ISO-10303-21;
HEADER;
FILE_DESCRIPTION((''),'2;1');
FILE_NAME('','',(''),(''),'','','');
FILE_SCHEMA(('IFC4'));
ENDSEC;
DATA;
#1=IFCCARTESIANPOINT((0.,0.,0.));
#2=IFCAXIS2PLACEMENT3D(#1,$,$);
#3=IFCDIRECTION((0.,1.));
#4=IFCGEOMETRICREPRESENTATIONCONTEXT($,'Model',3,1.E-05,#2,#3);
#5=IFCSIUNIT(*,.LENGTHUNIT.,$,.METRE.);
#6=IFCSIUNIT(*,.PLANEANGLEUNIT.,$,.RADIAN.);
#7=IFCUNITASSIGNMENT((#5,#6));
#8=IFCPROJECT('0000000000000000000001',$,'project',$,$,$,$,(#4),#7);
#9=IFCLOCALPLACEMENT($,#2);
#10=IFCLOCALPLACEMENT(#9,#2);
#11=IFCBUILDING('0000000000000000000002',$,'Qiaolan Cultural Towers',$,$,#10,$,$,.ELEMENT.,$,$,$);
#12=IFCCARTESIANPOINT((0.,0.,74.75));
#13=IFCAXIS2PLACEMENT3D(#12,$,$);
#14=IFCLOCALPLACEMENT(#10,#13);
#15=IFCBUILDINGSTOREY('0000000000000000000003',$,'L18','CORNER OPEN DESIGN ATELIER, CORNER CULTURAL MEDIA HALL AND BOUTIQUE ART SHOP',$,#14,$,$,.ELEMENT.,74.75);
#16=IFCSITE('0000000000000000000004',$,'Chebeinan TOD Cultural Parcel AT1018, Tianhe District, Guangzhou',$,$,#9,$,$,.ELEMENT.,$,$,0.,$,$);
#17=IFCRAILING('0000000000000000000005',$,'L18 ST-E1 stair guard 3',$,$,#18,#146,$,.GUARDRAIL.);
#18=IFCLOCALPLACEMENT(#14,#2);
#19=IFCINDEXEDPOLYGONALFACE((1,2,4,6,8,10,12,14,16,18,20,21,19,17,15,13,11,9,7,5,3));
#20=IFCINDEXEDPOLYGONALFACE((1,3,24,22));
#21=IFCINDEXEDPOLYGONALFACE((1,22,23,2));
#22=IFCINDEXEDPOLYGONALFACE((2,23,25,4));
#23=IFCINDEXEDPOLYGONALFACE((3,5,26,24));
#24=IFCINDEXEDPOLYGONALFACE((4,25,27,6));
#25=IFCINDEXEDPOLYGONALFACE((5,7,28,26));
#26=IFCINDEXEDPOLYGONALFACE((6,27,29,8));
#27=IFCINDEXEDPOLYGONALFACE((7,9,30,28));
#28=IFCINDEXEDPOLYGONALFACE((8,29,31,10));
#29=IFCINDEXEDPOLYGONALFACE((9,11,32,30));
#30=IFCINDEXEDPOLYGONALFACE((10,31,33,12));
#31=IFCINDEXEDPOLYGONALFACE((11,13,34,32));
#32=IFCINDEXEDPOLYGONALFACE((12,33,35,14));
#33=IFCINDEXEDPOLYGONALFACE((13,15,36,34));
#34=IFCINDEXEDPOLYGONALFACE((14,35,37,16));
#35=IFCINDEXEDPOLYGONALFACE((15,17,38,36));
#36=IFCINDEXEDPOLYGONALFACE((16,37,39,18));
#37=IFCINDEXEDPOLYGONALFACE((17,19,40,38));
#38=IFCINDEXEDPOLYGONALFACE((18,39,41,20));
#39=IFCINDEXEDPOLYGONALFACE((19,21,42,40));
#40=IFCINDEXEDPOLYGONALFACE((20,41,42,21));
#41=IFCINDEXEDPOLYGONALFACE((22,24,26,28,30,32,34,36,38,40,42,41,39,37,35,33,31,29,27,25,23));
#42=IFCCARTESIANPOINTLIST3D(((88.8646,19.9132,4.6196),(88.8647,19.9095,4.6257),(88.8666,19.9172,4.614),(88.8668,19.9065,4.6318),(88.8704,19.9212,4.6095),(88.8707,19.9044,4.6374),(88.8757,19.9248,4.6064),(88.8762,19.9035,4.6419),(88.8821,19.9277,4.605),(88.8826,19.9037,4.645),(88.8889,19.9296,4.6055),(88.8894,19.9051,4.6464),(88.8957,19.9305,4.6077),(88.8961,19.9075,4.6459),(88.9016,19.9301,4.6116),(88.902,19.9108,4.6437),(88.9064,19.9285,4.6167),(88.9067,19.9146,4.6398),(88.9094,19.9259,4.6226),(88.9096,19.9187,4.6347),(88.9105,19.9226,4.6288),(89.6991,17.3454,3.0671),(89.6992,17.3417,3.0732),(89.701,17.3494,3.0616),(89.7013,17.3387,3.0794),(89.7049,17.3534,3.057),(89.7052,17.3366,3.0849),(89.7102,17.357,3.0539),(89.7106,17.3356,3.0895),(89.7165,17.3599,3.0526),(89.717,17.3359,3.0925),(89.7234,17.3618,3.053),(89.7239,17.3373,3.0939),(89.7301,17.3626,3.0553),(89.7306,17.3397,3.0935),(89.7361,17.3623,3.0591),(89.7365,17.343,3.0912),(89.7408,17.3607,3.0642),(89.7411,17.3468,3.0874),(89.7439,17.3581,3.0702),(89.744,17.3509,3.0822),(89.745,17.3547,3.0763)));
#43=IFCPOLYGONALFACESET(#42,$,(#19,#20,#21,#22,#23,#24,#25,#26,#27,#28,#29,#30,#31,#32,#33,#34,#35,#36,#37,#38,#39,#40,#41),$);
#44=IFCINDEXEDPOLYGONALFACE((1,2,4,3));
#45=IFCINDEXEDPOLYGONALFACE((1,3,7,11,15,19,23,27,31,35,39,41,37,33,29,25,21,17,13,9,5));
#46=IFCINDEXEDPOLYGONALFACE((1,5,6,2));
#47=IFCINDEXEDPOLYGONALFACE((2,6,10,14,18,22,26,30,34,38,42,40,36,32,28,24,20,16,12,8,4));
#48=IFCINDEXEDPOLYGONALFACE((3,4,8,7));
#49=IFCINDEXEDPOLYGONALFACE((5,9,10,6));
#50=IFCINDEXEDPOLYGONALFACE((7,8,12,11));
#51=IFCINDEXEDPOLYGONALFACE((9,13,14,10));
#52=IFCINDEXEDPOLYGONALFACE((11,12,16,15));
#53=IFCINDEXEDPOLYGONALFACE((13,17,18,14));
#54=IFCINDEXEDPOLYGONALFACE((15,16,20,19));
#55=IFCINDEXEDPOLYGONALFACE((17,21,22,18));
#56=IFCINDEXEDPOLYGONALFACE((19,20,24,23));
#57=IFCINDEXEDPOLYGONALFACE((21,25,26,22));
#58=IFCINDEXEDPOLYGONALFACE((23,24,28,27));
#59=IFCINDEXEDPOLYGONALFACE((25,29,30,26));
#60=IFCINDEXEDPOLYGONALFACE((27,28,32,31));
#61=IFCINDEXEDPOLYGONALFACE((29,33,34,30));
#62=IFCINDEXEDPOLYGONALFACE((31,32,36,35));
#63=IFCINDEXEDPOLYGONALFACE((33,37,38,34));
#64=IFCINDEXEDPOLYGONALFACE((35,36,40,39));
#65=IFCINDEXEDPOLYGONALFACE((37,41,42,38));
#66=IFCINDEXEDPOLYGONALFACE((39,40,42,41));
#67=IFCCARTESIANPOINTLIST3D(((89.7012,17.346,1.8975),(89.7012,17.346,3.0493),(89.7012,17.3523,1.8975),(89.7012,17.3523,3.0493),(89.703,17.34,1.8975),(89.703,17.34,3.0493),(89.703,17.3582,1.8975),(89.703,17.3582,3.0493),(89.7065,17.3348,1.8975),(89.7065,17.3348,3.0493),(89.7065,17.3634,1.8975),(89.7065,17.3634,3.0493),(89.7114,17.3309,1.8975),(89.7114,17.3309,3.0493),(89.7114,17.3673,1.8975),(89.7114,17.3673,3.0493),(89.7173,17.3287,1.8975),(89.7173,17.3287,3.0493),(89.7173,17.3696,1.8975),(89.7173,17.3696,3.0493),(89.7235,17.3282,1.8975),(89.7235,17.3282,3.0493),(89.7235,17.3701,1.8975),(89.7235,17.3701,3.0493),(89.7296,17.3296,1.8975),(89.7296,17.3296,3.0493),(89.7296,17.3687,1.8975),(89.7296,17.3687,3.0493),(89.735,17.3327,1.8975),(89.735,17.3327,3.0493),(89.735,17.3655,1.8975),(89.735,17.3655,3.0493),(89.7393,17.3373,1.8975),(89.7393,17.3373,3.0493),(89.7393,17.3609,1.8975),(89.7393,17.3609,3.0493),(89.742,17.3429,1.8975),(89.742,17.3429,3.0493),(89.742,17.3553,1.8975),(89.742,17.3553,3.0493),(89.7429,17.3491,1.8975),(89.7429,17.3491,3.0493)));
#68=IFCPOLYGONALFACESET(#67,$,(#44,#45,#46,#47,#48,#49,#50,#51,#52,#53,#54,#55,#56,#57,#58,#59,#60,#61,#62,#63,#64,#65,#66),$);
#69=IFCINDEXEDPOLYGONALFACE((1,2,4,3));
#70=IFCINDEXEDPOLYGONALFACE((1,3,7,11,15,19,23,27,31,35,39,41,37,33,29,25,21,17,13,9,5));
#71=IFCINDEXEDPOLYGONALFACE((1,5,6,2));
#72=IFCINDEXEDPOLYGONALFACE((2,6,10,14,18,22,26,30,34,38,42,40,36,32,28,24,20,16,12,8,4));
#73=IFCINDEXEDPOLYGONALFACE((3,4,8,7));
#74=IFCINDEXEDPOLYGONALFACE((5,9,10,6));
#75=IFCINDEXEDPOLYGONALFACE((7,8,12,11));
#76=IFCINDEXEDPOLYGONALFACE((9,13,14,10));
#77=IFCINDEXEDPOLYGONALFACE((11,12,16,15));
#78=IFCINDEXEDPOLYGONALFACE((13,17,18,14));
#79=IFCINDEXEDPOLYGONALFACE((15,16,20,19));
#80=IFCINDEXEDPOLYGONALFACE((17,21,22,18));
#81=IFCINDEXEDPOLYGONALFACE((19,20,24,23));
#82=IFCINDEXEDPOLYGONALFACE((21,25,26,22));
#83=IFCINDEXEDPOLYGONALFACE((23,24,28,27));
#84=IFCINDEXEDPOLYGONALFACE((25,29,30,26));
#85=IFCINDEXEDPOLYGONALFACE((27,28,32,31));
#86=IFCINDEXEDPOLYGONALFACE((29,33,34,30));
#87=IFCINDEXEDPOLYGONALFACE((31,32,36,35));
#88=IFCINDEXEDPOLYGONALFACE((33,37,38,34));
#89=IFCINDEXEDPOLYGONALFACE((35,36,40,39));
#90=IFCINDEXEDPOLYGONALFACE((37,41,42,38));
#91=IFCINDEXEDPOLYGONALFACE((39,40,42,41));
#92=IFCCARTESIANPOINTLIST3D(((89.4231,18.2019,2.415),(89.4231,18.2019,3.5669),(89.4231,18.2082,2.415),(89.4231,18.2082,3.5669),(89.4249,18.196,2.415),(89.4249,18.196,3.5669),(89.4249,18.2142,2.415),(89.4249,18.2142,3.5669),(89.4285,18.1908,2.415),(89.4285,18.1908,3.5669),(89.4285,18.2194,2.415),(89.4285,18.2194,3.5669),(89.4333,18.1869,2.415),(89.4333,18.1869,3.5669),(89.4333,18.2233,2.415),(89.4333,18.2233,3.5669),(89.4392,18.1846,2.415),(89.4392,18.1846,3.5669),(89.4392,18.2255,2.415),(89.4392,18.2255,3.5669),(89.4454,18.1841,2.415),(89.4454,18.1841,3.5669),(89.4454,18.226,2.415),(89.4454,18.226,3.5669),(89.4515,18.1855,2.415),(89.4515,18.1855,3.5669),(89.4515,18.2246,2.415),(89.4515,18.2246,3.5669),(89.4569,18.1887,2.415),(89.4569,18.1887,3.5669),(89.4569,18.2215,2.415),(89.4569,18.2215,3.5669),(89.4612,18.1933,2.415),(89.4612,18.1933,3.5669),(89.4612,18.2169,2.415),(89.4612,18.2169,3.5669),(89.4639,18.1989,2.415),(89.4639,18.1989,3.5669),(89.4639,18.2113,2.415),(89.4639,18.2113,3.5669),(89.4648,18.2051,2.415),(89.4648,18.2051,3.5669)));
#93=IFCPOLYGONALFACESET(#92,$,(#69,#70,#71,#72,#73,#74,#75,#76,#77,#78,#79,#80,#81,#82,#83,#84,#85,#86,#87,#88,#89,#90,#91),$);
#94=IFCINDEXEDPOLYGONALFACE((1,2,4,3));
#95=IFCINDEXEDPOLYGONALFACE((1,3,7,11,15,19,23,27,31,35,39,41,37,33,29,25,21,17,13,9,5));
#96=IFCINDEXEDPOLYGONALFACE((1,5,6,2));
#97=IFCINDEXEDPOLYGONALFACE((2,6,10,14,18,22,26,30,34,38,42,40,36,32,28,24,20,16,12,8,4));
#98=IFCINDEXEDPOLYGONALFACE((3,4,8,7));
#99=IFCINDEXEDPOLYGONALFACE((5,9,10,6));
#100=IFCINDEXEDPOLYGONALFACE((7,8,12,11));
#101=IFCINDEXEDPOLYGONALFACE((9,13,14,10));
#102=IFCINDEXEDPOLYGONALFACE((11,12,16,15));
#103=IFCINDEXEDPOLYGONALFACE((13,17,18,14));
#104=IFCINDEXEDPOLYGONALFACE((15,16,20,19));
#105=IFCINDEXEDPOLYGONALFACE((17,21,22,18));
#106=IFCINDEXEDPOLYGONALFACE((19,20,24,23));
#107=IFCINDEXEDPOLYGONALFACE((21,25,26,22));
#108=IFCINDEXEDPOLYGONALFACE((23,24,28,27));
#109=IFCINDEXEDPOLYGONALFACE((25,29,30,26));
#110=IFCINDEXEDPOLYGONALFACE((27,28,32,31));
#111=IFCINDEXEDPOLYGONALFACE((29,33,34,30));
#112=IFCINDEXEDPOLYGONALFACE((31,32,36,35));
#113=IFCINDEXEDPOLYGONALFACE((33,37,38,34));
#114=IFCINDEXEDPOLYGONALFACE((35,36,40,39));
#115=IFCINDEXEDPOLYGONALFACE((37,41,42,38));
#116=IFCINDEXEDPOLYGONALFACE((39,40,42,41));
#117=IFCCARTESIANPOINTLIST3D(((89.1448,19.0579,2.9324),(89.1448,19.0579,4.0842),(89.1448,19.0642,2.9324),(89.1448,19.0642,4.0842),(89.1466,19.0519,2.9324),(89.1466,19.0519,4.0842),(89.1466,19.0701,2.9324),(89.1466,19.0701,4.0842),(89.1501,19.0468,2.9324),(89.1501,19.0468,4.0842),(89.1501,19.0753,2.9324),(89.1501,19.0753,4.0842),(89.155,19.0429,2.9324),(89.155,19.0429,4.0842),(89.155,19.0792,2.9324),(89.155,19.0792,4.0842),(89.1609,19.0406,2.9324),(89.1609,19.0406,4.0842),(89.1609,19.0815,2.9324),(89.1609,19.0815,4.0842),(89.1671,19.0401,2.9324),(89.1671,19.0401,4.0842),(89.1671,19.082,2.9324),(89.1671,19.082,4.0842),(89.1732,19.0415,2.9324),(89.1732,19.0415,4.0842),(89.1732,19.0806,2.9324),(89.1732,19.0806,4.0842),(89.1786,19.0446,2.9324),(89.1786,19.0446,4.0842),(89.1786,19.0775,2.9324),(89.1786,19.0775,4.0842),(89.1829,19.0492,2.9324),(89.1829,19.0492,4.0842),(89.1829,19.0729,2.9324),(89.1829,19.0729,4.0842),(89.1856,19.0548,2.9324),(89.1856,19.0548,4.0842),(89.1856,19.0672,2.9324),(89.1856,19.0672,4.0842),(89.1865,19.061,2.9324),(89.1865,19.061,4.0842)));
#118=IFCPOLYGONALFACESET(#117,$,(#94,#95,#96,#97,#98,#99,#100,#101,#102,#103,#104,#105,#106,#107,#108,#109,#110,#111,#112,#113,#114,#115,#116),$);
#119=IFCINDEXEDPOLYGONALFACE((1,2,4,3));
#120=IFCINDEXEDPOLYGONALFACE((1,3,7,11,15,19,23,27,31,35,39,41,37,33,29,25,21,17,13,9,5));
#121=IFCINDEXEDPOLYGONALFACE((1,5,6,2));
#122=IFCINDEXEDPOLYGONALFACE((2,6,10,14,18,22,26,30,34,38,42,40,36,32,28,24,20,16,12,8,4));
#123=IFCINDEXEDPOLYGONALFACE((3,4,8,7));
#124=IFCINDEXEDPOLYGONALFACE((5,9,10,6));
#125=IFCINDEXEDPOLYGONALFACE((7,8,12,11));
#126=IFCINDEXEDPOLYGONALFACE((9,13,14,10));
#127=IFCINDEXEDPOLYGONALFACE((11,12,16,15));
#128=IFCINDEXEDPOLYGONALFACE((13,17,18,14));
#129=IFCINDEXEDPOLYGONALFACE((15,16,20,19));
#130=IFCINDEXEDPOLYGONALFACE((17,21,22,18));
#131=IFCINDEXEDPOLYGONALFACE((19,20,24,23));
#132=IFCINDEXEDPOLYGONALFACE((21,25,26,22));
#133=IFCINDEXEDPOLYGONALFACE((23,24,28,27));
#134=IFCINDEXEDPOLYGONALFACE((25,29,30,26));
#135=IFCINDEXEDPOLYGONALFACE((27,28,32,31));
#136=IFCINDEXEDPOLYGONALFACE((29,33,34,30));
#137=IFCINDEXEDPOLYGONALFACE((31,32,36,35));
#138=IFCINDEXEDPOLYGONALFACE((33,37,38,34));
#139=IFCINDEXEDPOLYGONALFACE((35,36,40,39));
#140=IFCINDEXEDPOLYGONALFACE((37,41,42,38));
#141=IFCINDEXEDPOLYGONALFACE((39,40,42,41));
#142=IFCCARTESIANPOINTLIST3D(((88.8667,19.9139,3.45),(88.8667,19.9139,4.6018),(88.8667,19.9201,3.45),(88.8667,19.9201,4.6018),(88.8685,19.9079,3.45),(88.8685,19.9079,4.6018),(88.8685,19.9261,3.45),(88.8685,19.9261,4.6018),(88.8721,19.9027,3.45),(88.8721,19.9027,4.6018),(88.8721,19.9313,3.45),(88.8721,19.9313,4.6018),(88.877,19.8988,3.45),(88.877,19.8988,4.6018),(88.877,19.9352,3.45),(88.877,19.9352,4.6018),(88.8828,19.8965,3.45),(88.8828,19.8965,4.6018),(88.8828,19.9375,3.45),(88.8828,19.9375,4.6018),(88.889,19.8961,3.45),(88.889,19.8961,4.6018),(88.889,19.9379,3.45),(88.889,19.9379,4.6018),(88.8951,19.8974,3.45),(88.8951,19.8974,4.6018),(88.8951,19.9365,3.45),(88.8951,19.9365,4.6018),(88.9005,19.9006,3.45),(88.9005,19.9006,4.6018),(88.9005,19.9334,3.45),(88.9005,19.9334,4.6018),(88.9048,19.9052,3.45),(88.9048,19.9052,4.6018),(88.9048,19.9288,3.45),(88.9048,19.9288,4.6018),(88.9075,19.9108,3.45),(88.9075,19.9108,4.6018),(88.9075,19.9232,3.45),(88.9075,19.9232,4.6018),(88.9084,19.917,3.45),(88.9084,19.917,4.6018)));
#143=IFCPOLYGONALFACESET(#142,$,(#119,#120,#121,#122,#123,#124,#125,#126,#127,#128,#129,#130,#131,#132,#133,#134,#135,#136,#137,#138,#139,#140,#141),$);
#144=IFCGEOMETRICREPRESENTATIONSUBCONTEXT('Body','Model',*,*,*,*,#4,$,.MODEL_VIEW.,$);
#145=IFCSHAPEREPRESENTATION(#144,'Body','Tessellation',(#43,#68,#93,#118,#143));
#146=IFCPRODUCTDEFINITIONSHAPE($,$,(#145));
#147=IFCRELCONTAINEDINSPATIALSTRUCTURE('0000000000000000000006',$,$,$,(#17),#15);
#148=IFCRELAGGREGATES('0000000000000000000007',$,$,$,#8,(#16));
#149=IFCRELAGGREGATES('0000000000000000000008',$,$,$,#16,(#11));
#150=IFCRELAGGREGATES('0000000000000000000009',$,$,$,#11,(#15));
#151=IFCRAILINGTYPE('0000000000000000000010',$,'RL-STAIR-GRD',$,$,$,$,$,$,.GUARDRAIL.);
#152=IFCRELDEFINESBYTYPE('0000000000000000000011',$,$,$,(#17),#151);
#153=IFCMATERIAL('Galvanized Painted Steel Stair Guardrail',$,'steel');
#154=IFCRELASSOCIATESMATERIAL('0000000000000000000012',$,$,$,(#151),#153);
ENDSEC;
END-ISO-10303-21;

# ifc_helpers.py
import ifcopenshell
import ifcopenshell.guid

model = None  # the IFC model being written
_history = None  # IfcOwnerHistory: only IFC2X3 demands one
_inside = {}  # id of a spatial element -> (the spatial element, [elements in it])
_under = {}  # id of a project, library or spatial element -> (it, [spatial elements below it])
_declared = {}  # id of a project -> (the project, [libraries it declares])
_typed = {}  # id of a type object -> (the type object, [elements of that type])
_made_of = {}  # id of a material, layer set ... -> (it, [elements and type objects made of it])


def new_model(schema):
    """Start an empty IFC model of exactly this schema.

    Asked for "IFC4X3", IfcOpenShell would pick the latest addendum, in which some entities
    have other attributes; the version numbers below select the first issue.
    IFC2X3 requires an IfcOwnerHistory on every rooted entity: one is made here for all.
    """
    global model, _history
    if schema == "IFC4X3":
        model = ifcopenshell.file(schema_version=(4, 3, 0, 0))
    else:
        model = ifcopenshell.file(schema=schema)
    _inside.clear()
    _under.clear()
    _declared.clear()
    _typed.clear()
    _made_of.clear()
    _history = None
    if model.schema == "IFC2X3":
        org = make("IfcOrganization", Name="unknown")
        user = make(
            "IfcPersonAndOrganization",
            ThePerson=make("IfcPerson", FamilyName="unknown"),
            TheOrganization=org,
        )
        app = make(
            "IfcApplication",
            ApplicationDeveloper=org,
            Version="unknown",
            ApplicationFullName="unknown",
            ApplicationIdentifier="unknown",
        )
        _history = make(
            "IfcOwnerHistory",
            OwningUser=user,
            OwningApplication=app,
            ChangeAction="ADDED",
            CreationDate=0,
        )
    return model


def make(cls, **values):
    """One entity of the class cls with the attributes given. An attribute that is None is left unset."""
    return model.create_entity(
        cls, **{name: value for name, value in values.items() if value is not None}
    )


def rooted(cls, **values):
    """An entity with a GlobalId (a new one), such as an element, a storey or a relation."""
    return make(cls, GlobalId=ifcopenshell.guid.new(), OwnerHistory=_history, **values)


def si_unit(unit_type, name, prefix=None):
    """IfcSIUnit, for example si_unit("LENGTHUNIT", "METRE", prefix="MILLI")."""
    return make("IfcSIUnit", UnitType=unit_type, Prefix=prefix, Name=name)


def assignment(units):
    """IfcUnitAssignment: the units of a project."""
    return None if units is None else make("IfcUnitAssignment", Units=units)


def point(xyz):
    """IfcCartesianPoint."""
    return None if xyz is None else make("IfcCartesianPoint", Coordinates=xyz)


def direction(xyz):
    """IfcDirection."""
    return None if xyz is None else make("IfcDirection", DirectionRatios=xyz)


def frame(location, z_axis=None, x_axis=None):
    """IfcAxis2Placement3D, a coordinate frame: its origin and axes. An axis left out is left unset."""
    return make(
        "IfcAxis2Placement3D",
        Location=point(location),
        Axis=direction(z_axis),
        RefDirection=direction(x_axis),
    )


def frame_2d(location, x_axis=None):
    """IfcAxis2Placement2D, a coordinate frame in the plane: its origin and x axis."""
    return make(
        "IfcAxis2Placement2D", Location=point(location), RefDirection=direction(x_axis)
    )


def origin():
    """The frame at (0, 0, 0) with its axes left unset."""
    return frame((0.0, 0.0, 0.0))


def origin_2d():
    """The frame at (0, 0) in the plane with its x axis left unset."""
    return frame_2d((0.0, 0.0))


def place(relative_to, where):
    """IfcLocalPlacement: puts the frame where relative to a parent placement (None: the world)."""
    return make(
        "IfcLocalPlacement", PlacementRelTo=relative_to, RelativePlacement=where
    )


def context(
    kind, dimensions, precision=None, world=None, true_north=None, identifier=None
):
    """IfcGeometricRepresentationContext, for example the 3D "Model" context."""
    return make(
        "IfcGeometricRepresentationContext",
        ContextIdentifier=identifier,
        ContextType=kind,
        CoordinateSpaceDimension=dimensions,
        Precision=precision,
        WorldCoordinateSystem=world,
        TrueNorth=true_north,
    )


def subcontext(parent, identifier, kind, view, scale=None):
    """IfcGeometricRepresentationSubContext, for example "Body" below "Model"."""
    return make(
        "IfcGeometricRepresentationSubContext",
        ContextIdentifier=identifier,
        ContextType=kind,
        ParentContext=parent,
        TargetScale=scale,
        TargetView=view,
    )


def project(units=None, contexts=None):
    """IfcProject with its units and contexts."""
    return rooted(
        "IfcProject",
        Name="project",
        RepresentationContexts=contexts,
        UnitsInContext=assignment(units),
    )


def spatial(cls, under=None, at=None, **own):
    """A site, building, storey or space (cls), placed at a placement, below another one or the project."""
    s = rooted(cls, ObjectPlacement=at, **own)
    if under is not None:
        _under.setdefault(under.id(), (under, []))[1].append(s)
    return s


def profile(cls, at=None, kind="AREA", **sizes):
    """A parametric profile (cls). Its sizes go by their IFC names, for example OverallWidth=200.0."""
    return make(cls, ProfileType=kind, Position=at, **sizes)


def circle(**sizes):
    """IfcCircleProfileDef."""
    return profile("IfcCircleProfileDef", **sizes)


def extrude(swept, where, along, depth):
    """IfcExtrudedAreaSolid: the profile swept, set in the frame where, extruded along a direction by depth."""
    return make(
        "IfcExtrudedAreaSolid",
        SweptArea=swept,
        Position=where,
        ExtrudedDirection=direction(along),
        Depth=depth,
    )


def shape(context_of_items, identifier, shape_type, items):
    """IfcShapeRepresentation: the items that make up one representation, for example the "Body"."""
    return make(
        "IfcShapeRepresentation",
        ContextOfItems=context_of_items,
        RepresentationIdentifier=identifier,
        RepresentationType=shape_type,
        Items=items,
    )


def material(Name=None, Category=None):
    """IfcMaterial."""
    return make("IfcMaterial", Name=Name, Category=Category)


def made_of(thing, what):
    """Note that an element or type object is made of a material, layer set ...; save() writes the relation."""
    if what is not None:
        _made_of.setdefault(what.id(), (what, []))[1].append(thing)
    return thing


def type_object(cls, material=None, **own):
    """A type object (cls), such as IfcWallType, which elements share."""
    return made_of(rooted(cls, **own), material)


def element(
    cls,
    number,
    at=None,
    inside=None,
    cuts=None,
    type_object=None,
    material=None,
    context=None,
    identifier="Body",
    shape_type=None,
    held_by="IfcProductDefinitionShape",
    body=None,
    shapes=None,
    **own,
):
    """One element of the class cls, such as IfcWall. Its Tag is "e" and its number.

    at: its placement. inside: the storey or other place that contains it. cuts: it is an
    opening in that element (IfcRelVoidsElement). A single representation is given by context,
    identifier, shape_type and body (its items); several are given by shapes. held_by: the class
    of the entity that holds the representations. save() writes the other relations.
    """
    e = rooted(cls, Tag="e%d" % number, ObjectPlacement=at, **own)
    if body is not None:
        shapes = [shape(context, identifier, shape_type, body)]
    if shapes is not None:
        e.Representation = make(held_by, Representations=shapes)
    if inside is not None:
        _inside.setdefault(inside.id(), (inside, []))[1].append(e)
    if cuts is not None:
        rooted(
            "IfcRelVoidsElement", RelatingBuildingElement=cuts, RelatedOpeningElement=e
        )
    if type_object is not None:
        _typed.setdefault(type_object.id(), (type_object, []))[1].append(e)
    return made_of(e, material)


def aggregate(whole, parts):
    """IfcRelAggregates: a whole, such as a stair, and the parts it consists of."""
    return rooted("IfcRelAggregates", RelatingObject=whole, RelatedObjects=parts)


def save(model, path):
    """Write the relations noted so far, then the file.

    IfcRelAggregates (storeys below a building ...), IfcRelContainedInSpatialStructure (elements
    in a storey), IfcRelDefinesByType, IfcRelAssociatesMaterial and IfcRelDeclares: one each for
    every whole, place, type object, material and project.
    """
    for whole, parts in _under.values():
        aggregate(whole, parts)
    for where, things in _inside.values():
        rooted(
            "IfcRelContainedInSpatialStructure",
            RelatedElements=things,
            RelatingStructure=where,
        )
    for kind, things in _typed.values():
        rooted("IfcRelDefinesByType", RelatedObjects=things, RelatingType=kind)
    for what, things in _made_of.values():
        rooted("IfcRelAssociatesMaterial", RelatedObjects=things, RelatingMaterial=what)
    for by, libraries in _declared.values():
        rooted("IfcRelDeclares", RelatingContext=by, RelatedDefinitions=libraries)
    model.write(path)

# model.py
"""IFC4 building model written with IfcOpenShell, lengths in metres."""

from ifc_helpers import new_model, si_unit, direction, frame, origin, origin_2d, place, context, subcontext, project, spatial, circle, extrude, material, type_object, element, save


model = new_model("IFC4")

# Units and contexts
model_context = context("Model", 3, precision=1e-05, world=origin(), true_north=direction((0.0, 1.0)))
body_context = subcontext(model_context, "Body", "Model", "MODEL_VIEW")
ifc_project = project(units=[si_unit("LENGTHUNIT", "METRE"), si_unit("PLANEANGLEUNIT", "RADIAN")], contexts=[model_context])

# Site, building, storey
site_placement = place(None, origin())
site = spatial("IfcSite", under=ifc_project, at=site_placement, Name="Chebeinan TOD Cultural Parcel AT1018, Tianhe District, Guangzhou", CompositionType="ELEMENT", RefElevation=0.0)
building_placement = place(site_placement, origin())
building = spatial("IfcBuilding", under=site, at=building_placement, Name="Qiaolan Cultural Towers", CompositionType="ELEMENT")
storey_placement = place(building_placement, frame((0.0, 0.0, 74.75)))
storey = spatial("IfcBuildingStorey", under=building, at=storey_placement, Name="L18", Description="CORNER OPEN DESIGN ATELIER, CORNER CULTURAL MEDIA HALL AND BOUTIQUE ART SHOP", CompositionType="ELEMENT", Elevation=74.75)

# Railing
ifc_material_1 = material(Name="Galvanized Painted Steel Stair Guardrail", Category="steel")
railing_type_1 = type_object("IfcRailingType", Name="RL-STAIR-GRD", PredefinedType="GUARDRAIL", material=ifc_material_1)
railing_1_placement = place(storey_placement, frame((89.7219, 17.3491, 1.8975)))
element("IfcRailing", 1, at=railing_1_placement, inside=storey, type_object=railing_type_1, Name="L18 ST-E1 stair guard 3", PredefinedType="GUARDRAIL", context=body_context, shape_type="SweptSolid", body=[
    extrude(circle(Radius=0.0239, at=origin_2d()), frame((0.0, 0.0, 1.1758), z_axis=(-0.267926, 0.824471, 0.498461), x_axis=(-0.951043, -0.309057, 0.0)), (0.0, 0.0, 1.0), 3.1145),
    extrude(circle(Radius=0.021, at=origin_2d()), origin(), (0.0, 0.0, 1.0), 1.1519),
    extrude(circle(Radius=0.021, at=origin_2d()), frame((-0.2781, 0.856, 0.5176)), (0.0, 0.0, 1.0), 1.1519),
    extrude(circle(Radius=0.021, at=origin_2d()), frame((-0.5564, 1.7119, 1.0349)), (0.0, 0.0, 1.0), 1.1519),
    extrude(circle(Radius=0.021, at=origin_2d()), frame((-0.8345, 2.5679, 1.5525)), (0.0, 0.0, 1.0), 1.1519),
])

save(model, "model.ifc")
